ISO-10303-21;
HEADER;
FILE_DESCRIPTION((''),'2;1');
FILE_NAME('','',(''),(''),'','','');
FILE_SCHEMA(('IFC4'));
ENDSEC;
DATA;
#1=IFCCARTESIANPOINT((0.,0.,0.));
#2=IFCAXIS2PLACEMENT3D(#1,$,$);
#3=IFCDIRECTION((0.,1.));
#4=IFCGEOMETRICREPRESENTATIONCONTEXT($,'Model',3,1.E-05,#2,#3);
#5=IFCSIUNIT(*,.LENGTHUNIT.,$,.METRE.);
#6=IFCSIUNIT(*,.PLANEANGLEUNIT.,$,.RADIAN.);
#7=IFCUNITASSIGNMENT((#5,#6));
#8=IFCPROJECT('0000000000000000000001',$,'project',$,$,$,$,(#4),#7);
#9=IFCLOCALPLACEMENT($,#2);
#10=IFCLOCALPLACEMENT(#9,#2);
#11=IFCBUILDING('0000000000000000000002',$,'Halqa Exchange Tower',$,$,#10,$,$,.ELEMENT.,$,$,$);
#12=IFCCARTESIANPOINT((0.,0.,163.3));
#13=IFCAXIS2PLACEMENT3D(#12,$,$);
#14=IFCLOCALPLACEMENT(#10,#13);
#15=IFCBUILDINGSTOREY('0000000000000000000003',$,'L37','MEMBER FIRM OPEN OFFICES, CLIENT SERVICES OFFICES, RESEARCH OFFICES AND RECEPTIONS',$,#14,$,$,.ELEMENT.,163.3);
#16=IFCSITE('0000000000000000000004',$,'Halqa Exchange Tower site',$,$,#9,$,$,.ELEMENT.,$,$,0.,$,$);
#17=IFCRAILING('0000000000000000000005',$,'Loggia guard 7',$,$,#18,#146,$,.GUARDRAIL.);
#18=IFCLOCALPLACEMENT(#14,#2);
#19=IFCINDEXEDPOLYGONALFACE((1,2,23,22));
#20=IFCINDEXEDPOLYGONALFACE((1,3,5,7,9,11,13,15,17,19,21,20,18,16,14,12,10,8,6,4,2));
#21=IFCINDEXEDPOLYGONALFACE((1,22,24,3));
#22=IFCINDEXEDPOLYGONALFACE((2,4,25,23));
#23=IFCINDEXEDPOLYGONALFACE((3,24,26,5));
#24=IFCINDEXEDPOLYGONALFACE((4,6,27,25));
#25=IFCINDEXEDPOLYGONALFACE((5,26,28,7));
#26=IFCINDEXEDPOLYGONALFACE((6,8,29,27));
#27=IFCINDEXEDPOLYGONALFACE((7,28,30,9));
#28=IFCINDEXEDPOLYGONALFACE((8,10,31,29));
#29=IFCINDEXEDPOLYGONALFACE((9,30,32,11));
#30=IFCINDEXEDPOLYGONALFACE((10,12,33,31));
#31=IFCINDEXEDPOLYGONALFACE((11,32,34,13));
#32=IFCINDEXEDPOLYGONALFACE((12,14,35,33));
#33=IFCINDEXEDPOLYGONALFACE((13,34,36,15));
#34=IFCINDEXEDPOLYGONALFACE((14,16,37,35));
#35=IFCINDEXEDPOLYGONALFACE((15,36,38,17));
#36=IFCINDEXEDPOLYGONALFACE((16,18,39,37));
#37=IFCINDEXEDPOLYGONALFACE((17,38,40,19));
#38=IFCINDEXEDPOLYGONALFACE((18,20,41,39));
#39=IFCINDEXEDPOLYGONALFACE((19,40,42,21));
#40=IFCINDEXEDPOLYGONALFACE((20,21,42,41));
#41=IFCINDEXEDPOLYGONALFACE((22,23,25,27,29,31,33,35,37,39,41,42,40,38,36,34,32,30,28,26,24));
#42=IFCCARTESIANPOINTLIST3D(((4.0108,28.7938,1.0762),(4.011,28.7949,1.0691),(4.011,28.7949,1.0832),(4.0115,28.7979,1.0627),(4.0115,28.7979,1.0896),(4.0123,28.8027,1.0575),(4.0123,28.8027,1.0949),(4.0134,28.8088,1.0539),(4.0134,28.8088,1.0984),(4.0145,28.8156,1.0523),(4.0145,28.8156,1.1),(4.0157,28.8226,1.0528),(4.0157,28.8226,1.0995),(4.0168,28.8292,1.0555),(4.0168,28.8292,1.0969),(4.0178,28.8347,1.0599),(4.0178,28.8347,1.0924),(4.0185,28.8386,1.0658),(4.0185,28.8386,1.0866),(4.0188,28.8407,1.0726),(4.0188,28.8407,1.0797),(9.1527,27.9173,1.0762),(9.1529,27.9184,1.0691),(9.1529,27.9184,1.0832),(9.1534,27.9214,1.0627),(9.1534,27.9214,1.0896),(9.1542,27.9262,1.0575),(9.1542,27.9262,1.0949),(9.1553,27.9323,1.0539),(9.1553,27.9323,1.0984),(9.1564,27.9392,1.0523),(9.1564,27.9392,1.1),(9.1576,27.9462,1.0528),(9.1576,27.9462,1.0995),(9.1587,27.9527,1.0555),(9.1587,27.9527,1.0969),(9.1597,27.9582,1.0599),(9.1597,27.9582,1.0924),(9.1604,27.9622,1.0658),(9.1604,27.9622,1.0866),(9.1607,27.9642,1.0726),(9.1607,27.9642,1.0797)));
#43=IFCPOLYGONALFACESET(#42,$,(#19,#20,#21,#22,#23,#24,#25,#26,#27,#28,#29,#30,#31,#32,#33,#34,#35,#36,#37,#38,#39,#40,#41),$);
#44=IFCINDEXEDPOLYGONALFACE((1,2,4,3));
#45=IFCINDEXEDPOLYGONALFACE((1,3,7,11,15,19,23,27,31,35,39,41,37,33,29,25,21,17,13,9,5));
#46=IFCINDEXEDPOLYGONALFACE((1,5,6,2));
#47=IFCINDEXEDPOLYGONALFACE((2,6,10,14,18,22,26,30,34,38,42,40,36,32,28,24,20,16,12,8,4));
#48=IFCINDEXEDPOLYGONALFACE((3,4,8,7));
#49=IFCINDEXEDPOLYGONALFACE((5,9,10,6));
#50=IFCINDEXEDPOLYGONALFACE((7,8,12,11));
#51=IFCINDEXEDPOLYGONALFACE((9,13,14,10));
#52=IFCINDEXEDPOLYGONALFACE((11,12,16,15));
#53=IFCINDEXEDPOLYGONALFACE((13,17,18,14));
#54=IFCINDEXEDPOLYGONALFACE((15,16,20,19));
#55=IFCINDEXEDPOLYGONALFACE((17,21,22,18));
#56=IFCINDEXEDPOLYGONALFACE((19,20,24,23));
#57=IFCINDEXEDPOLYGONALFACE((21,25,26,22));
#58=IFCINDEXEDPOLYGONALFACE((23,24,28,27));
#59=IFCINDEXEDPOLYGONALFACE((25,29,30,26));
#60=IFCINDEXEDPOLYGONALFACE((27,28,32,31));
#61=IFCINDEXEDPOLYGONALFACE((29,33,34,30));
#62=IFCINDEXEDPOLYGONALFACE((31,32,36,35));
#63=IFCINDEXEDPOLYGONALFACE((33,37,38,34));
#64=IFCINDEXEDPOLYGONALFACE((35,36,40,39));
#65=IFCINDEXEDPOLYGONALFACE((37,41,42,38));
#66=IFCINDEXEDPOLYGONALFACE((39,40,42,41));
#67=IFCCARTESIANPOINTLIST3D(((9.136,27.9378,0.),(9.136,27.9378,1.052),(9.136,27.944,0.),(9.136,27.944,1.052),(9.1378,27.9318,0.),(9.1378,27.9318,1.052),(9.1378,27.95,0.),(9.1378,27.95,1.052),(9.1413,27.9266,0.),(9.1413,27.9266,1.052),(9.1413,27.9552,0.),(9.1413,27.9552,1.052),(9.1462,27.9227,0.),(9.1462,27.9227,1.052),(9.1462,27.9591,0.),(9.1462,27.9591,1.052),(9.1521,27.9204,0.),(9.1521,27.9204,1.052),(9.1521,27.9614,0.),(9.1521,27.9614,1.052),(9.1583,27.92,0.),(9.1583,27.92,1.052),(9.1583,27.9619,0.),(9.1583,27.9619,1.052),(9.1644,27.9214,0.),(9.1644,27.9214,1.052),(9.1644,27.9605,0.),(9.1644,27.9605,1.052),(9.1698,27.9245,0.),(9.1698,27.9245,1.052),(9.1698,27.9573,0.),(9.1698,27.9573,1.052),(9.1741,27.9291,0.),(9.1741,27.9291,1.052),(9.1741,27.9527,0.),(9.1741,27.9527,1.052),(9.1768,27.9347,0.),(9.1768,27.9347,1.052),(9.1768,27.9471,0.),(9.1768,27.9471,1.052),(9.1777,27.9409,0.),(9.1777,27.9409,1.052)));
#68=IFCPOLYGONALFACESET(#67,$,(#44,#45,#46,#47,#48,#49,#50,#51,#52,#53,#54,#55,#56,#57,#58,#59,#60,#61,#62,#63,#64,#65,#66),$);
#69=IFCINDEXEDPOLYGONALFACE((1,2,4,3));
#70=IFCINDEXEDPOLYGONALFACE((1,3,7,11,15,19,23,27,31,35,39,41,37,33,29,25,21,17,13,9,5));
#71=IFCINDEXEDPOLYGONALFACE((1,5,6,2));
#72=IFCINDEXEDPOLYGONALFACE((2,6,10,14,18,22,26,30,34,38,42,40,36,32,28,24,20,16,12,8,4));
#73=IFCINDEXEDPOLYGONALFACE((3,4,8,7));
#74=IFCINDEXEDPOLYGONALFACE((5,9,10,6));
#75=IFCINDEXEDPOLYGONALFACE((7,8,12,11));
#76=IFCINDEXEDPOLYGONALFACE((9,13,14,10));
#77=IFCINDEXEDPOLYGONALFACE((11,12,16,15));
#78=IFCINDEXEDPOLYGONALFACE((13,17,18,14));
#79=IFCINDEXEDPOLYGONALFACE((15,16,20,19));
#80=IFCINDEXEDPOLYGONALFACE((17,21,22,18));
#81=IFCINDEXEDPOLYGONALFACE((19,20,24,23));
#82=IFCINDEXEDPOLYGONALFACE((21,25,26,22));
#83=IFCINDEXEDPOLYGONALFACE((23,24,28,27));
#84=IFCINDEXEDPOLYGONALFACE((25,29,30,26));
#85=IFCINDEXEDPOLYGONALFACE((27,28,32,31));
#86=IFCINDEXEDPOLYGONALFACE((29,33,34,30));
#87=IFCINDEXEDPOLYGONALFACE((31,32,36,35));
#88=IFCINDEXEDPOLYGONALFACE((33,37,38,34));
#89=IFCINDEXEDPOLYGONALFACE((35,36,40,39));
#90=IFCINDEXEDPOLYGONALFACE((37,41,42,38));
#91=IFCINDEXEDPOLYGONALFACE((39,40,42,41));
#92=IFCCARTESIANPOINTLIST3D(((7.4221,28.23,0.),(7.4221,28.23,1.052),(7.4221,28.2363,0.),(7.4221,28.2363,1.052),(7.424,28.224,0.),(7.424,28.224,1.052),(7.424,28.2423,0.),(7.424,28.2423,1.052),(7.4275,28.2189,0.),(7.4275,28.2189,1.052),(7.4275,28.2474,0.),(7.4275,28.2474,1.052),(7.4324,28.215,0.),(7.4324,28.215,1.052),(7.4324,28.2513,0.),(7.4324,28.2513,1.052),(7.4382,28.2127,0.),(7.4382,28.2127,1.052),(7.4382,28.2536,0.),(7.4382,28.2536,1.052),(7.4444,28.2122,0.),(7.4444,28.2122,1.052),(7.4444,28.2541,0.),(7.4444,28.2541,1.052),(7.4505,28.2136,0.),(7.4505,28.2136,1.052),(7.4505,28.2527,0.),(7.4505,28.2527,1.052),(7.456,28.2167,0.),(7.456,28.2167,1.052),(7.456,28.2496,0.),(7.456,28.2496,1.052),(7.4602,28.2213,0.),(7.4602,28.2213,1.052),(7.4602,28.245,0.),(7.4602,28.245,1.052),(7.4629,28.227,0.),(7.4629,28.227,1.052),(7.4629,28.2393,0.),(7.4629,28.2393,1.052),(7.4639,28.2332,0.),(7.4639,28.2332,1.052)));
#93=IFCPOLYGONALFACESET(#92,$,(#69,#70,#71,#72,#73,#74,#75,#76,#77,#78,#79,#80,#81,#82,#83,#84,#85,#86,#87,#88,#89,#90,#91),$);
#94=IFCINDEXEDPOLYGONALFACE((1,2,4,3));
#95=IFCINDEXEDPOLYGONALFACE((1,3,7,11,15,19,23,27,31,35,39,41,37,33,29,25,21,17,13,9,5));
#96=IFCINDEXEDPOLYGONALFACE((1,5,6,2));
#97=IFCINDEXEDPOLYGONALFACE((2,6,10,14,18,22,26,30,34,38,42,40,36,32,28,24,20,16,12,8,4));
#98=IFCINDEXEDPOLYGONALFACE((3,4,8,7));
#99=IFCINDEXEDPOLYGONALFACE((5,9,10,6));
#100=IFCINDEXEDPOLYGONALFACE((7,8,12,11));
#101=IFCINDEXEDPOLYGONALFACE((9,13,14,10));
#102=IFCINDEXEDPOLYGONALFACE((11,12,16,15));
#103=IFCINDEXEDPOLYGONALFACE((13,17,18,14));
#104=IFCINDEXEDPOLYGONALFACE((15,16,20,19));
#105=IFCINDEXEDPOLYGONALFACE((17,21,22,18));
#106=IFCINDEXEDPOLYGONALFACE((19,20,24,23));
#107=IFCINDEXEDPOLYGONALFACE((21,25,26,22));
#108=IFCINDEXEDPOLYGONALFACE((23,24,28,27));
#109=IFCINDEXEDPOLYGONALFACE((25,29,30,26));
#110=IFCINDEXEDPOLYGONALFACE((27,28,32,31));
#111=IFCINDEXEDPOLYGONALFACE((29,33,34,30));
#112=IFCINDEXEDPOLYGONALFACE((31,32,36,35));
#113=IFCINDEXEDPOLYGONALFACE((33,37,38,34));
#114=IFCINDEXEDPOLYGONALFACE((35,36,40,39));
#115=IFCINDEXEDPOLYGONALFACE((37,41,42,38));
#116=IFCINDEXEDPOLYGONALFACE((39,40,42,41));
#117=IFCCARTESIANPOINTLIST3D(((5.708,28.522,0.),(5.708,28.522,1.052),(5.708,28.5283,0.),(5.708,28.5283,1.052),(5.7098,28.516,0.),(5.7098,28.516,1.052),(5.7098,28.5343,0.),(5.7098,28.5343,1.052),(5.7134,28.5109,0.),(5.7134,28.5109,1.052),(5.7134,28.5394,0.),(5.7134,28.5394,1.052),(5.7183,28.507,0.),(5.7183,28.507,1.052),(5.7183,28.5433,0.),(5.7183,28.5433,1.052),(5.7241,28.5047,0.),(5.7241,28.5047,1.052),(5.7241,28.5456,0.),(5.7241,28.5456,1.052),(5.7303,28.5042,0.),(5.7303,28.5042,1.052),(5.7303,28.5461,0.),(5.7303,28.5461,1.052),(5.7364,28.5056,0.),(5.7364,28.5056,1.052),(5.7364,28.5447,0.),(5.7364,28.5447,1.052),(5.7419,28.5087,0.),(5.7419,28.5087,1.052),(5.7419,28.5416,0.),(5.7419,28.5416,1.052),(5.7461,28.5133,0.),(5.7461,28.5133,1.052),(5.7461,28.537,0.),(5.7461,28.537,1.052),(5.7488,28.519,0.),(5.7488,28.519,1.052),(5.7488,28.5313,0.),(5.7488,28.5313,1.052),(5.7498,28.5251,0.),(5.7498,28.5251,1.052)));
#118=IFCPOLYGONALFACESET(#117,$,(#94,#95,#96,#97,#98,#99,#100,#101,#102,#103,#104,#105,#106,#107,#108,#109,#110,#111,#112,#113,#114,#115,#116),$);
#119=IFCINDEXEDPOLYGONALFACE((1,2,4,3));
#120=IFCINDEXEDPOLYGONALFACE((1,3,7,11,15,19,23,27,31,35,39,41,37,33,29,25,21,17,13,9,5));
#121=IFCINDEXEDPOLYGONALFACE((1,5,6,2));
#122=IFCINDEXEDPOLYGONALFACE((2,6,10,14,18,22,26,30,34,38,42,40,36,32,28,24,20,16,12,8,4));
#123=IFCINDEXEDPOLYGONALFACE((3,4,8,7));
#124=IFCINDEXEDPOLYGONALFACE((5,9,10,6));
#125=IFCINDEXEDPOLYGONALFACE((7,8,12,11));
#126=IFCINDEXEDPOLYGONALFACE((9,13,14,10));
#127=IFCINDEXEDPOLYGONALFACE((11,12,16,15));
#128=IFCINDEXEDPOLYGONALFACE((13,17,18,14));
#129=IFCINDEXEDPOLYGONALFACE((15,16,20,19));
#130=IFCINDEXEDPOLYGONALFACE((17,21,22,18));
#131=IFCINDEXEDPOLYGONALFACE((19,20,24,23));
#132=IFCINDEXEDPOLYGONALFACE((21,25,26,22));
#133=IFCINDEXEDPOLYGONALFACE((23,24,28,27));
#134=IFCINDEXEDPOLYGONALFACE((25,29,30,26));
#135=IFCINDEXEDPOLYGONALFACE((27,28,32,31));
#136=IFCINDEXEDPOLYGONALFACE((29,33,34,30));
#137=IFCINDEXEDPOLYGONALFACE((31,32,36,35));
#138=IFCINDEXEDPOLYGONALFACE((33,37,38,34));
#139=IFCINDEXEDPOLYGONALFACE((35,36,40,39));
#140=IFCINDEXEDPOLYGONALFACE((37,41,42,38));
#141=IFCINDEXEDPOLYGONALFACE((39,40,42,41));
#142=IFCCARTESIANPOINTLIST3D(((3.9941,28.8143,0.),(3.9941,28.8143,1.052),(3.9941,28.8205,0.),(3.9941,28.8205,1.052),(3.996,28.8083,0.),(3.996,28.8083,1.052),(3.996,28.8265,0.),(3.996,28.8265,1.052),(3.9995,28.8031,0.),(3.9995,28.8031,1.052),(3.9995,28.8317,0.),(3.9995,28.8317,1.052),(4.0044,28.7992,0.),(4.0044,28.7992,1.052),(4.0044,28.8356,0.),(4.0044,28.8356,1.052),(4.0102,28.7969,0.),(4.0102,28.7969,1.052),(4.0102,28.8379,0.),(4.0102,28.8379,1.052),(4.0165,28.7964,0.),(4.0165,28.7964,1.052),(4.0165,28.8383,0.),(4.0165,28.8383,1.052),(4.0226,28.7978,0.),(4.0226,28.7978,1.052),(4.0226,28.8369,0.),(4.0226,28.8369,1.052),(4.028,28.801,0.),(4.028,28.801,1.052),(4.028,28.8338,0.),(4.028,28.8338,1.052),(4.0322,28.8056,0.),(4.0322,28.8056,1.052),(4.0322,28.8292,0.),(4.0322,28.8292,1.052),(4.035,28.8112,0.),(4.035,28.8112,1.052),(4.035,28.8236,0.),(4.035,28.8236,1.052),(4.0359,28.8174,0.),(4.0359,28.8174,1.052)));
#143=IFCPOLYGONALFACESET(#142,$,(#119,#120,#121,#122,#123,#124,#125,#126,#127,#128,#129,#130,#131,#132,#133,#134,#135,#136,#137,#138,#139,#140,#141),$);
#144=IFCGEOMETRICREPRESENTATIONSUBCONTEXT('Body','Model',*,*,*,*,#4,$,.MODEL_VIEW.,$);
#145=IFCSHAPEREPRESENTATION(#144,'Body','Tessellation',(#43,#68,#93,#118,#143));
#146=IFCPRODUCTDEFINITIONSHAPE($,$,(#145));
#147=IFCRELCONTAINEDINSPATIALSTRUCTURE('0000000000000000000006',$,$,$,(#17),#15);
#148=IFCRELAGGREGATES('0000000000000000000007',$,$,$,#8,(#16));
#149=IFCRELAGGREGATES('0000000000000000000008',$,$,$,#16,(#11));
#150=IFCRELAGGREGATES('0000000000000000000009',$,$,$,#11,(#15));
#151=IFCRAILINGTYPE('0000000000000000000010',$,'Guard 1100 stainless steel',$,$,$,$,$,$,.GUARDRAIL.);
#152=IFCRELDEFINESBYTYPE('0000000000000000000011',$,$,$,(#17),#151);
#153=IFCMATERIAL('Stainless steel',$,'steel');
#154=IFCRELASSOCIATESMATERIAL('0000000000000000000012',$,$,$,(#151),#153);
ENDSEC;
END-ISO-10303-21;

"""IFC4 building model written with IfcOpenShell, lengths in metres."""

from ifc_helpers import new_model, si_unit, direction, frame, origin, origin_2d, place, context, subcontext, project, spatial, circle, extrude, material, type_object, element, save


model = new_model("IFC4")

# Units and contexts
model_context = context("Model", 3, precision=1e-05, world=origin(), true_north=direction((0.0, 1.0)))
body_context = subcontext(model_context, "Body", "Model", "MODEL_VIEW")
ifc_project = project(units=[si_unit("LENGTHUNIT", "METRE"), si_unit("PLANEANGLEUNIT", "RADIAN")], contexts=[model_context])

# Site, building, storey
site_placement = place(None, origin())
site = spatial("IfcSite", under=ifc_project, at=site_placement, Name="Halqa Exchange Tower site", CompositionType="ELEMENT", RefElevation=0.0)
building_placement = place(site_placement, origin())
building = spatial("IfcBuilding", under=site, at=building_placement, Name="Halqa Exchange Tower", CompositionType="ELEMENT")
storey_placement = place(building_placement, frame((0.0, 0.0, 163.3)))
storey = spatial("IfcBuildingStorey", under=building, at=storey_placement, Name="L37", Description="MEMBER FIRM OPEN OFFICES, CLIENT SERVICES OFFICES, RESEARCH OFFICES AND RECEPTIONS", CompositionType="ELEMENT", Elevation=163.3)

# Railing
ifc_material_1 = material(Name="Stainless steel", Category="steel")
railing_type = type_object("IfcRailingType", Name="Guard 1100 stainless steel", PredefinedType="GUARDRAIL", material=ifc_material_1)
railing_1_placement = place(storey_placement, frame((9.1567, 27.9409, 0.0)))
element("IfcRailing", 1, at=railing_1_placement, inside=storey, type_object=railing_type, Name="Loggia guard 7", PredefinedType="GUARDRAIL", context=body_context, shape_type="SweptSolid", body=[
    extrude(circle(Radius=0.0239, at=origin_2d()), frame((0.0, 0.0, 1.0762), z_axis=(-0.985781, 0.168034, 0.0), x_axis=(-0.168034, -0.985781, 0.0)), (0.0, 0.0, 1.0), 5.2161),
    extrude(circle(Radius=0.021, at=origin_2d()), origin(), (0.0, 0.0, 1.0), 1.052),
    extrude(circle(Radius=0.021, at=origin_2d()), frame((-1.7139, 0.2922, 0.0)), (0.0, 0.0, 1.0), 1.052),
    extrude(circle(Radius=0.021, at=origin_2d()), frame((-3.428, 0.5842, 0.0)), (0.0, 0.0, 1.0), 1.052),
    extrude(circle(Radius=0.021, at=origin_2d()), frame((-5.1418, 0.8765, 0.0)), (0.0, 0.0, 1.0), 1.052),
])

save(model, "model.ifc")
